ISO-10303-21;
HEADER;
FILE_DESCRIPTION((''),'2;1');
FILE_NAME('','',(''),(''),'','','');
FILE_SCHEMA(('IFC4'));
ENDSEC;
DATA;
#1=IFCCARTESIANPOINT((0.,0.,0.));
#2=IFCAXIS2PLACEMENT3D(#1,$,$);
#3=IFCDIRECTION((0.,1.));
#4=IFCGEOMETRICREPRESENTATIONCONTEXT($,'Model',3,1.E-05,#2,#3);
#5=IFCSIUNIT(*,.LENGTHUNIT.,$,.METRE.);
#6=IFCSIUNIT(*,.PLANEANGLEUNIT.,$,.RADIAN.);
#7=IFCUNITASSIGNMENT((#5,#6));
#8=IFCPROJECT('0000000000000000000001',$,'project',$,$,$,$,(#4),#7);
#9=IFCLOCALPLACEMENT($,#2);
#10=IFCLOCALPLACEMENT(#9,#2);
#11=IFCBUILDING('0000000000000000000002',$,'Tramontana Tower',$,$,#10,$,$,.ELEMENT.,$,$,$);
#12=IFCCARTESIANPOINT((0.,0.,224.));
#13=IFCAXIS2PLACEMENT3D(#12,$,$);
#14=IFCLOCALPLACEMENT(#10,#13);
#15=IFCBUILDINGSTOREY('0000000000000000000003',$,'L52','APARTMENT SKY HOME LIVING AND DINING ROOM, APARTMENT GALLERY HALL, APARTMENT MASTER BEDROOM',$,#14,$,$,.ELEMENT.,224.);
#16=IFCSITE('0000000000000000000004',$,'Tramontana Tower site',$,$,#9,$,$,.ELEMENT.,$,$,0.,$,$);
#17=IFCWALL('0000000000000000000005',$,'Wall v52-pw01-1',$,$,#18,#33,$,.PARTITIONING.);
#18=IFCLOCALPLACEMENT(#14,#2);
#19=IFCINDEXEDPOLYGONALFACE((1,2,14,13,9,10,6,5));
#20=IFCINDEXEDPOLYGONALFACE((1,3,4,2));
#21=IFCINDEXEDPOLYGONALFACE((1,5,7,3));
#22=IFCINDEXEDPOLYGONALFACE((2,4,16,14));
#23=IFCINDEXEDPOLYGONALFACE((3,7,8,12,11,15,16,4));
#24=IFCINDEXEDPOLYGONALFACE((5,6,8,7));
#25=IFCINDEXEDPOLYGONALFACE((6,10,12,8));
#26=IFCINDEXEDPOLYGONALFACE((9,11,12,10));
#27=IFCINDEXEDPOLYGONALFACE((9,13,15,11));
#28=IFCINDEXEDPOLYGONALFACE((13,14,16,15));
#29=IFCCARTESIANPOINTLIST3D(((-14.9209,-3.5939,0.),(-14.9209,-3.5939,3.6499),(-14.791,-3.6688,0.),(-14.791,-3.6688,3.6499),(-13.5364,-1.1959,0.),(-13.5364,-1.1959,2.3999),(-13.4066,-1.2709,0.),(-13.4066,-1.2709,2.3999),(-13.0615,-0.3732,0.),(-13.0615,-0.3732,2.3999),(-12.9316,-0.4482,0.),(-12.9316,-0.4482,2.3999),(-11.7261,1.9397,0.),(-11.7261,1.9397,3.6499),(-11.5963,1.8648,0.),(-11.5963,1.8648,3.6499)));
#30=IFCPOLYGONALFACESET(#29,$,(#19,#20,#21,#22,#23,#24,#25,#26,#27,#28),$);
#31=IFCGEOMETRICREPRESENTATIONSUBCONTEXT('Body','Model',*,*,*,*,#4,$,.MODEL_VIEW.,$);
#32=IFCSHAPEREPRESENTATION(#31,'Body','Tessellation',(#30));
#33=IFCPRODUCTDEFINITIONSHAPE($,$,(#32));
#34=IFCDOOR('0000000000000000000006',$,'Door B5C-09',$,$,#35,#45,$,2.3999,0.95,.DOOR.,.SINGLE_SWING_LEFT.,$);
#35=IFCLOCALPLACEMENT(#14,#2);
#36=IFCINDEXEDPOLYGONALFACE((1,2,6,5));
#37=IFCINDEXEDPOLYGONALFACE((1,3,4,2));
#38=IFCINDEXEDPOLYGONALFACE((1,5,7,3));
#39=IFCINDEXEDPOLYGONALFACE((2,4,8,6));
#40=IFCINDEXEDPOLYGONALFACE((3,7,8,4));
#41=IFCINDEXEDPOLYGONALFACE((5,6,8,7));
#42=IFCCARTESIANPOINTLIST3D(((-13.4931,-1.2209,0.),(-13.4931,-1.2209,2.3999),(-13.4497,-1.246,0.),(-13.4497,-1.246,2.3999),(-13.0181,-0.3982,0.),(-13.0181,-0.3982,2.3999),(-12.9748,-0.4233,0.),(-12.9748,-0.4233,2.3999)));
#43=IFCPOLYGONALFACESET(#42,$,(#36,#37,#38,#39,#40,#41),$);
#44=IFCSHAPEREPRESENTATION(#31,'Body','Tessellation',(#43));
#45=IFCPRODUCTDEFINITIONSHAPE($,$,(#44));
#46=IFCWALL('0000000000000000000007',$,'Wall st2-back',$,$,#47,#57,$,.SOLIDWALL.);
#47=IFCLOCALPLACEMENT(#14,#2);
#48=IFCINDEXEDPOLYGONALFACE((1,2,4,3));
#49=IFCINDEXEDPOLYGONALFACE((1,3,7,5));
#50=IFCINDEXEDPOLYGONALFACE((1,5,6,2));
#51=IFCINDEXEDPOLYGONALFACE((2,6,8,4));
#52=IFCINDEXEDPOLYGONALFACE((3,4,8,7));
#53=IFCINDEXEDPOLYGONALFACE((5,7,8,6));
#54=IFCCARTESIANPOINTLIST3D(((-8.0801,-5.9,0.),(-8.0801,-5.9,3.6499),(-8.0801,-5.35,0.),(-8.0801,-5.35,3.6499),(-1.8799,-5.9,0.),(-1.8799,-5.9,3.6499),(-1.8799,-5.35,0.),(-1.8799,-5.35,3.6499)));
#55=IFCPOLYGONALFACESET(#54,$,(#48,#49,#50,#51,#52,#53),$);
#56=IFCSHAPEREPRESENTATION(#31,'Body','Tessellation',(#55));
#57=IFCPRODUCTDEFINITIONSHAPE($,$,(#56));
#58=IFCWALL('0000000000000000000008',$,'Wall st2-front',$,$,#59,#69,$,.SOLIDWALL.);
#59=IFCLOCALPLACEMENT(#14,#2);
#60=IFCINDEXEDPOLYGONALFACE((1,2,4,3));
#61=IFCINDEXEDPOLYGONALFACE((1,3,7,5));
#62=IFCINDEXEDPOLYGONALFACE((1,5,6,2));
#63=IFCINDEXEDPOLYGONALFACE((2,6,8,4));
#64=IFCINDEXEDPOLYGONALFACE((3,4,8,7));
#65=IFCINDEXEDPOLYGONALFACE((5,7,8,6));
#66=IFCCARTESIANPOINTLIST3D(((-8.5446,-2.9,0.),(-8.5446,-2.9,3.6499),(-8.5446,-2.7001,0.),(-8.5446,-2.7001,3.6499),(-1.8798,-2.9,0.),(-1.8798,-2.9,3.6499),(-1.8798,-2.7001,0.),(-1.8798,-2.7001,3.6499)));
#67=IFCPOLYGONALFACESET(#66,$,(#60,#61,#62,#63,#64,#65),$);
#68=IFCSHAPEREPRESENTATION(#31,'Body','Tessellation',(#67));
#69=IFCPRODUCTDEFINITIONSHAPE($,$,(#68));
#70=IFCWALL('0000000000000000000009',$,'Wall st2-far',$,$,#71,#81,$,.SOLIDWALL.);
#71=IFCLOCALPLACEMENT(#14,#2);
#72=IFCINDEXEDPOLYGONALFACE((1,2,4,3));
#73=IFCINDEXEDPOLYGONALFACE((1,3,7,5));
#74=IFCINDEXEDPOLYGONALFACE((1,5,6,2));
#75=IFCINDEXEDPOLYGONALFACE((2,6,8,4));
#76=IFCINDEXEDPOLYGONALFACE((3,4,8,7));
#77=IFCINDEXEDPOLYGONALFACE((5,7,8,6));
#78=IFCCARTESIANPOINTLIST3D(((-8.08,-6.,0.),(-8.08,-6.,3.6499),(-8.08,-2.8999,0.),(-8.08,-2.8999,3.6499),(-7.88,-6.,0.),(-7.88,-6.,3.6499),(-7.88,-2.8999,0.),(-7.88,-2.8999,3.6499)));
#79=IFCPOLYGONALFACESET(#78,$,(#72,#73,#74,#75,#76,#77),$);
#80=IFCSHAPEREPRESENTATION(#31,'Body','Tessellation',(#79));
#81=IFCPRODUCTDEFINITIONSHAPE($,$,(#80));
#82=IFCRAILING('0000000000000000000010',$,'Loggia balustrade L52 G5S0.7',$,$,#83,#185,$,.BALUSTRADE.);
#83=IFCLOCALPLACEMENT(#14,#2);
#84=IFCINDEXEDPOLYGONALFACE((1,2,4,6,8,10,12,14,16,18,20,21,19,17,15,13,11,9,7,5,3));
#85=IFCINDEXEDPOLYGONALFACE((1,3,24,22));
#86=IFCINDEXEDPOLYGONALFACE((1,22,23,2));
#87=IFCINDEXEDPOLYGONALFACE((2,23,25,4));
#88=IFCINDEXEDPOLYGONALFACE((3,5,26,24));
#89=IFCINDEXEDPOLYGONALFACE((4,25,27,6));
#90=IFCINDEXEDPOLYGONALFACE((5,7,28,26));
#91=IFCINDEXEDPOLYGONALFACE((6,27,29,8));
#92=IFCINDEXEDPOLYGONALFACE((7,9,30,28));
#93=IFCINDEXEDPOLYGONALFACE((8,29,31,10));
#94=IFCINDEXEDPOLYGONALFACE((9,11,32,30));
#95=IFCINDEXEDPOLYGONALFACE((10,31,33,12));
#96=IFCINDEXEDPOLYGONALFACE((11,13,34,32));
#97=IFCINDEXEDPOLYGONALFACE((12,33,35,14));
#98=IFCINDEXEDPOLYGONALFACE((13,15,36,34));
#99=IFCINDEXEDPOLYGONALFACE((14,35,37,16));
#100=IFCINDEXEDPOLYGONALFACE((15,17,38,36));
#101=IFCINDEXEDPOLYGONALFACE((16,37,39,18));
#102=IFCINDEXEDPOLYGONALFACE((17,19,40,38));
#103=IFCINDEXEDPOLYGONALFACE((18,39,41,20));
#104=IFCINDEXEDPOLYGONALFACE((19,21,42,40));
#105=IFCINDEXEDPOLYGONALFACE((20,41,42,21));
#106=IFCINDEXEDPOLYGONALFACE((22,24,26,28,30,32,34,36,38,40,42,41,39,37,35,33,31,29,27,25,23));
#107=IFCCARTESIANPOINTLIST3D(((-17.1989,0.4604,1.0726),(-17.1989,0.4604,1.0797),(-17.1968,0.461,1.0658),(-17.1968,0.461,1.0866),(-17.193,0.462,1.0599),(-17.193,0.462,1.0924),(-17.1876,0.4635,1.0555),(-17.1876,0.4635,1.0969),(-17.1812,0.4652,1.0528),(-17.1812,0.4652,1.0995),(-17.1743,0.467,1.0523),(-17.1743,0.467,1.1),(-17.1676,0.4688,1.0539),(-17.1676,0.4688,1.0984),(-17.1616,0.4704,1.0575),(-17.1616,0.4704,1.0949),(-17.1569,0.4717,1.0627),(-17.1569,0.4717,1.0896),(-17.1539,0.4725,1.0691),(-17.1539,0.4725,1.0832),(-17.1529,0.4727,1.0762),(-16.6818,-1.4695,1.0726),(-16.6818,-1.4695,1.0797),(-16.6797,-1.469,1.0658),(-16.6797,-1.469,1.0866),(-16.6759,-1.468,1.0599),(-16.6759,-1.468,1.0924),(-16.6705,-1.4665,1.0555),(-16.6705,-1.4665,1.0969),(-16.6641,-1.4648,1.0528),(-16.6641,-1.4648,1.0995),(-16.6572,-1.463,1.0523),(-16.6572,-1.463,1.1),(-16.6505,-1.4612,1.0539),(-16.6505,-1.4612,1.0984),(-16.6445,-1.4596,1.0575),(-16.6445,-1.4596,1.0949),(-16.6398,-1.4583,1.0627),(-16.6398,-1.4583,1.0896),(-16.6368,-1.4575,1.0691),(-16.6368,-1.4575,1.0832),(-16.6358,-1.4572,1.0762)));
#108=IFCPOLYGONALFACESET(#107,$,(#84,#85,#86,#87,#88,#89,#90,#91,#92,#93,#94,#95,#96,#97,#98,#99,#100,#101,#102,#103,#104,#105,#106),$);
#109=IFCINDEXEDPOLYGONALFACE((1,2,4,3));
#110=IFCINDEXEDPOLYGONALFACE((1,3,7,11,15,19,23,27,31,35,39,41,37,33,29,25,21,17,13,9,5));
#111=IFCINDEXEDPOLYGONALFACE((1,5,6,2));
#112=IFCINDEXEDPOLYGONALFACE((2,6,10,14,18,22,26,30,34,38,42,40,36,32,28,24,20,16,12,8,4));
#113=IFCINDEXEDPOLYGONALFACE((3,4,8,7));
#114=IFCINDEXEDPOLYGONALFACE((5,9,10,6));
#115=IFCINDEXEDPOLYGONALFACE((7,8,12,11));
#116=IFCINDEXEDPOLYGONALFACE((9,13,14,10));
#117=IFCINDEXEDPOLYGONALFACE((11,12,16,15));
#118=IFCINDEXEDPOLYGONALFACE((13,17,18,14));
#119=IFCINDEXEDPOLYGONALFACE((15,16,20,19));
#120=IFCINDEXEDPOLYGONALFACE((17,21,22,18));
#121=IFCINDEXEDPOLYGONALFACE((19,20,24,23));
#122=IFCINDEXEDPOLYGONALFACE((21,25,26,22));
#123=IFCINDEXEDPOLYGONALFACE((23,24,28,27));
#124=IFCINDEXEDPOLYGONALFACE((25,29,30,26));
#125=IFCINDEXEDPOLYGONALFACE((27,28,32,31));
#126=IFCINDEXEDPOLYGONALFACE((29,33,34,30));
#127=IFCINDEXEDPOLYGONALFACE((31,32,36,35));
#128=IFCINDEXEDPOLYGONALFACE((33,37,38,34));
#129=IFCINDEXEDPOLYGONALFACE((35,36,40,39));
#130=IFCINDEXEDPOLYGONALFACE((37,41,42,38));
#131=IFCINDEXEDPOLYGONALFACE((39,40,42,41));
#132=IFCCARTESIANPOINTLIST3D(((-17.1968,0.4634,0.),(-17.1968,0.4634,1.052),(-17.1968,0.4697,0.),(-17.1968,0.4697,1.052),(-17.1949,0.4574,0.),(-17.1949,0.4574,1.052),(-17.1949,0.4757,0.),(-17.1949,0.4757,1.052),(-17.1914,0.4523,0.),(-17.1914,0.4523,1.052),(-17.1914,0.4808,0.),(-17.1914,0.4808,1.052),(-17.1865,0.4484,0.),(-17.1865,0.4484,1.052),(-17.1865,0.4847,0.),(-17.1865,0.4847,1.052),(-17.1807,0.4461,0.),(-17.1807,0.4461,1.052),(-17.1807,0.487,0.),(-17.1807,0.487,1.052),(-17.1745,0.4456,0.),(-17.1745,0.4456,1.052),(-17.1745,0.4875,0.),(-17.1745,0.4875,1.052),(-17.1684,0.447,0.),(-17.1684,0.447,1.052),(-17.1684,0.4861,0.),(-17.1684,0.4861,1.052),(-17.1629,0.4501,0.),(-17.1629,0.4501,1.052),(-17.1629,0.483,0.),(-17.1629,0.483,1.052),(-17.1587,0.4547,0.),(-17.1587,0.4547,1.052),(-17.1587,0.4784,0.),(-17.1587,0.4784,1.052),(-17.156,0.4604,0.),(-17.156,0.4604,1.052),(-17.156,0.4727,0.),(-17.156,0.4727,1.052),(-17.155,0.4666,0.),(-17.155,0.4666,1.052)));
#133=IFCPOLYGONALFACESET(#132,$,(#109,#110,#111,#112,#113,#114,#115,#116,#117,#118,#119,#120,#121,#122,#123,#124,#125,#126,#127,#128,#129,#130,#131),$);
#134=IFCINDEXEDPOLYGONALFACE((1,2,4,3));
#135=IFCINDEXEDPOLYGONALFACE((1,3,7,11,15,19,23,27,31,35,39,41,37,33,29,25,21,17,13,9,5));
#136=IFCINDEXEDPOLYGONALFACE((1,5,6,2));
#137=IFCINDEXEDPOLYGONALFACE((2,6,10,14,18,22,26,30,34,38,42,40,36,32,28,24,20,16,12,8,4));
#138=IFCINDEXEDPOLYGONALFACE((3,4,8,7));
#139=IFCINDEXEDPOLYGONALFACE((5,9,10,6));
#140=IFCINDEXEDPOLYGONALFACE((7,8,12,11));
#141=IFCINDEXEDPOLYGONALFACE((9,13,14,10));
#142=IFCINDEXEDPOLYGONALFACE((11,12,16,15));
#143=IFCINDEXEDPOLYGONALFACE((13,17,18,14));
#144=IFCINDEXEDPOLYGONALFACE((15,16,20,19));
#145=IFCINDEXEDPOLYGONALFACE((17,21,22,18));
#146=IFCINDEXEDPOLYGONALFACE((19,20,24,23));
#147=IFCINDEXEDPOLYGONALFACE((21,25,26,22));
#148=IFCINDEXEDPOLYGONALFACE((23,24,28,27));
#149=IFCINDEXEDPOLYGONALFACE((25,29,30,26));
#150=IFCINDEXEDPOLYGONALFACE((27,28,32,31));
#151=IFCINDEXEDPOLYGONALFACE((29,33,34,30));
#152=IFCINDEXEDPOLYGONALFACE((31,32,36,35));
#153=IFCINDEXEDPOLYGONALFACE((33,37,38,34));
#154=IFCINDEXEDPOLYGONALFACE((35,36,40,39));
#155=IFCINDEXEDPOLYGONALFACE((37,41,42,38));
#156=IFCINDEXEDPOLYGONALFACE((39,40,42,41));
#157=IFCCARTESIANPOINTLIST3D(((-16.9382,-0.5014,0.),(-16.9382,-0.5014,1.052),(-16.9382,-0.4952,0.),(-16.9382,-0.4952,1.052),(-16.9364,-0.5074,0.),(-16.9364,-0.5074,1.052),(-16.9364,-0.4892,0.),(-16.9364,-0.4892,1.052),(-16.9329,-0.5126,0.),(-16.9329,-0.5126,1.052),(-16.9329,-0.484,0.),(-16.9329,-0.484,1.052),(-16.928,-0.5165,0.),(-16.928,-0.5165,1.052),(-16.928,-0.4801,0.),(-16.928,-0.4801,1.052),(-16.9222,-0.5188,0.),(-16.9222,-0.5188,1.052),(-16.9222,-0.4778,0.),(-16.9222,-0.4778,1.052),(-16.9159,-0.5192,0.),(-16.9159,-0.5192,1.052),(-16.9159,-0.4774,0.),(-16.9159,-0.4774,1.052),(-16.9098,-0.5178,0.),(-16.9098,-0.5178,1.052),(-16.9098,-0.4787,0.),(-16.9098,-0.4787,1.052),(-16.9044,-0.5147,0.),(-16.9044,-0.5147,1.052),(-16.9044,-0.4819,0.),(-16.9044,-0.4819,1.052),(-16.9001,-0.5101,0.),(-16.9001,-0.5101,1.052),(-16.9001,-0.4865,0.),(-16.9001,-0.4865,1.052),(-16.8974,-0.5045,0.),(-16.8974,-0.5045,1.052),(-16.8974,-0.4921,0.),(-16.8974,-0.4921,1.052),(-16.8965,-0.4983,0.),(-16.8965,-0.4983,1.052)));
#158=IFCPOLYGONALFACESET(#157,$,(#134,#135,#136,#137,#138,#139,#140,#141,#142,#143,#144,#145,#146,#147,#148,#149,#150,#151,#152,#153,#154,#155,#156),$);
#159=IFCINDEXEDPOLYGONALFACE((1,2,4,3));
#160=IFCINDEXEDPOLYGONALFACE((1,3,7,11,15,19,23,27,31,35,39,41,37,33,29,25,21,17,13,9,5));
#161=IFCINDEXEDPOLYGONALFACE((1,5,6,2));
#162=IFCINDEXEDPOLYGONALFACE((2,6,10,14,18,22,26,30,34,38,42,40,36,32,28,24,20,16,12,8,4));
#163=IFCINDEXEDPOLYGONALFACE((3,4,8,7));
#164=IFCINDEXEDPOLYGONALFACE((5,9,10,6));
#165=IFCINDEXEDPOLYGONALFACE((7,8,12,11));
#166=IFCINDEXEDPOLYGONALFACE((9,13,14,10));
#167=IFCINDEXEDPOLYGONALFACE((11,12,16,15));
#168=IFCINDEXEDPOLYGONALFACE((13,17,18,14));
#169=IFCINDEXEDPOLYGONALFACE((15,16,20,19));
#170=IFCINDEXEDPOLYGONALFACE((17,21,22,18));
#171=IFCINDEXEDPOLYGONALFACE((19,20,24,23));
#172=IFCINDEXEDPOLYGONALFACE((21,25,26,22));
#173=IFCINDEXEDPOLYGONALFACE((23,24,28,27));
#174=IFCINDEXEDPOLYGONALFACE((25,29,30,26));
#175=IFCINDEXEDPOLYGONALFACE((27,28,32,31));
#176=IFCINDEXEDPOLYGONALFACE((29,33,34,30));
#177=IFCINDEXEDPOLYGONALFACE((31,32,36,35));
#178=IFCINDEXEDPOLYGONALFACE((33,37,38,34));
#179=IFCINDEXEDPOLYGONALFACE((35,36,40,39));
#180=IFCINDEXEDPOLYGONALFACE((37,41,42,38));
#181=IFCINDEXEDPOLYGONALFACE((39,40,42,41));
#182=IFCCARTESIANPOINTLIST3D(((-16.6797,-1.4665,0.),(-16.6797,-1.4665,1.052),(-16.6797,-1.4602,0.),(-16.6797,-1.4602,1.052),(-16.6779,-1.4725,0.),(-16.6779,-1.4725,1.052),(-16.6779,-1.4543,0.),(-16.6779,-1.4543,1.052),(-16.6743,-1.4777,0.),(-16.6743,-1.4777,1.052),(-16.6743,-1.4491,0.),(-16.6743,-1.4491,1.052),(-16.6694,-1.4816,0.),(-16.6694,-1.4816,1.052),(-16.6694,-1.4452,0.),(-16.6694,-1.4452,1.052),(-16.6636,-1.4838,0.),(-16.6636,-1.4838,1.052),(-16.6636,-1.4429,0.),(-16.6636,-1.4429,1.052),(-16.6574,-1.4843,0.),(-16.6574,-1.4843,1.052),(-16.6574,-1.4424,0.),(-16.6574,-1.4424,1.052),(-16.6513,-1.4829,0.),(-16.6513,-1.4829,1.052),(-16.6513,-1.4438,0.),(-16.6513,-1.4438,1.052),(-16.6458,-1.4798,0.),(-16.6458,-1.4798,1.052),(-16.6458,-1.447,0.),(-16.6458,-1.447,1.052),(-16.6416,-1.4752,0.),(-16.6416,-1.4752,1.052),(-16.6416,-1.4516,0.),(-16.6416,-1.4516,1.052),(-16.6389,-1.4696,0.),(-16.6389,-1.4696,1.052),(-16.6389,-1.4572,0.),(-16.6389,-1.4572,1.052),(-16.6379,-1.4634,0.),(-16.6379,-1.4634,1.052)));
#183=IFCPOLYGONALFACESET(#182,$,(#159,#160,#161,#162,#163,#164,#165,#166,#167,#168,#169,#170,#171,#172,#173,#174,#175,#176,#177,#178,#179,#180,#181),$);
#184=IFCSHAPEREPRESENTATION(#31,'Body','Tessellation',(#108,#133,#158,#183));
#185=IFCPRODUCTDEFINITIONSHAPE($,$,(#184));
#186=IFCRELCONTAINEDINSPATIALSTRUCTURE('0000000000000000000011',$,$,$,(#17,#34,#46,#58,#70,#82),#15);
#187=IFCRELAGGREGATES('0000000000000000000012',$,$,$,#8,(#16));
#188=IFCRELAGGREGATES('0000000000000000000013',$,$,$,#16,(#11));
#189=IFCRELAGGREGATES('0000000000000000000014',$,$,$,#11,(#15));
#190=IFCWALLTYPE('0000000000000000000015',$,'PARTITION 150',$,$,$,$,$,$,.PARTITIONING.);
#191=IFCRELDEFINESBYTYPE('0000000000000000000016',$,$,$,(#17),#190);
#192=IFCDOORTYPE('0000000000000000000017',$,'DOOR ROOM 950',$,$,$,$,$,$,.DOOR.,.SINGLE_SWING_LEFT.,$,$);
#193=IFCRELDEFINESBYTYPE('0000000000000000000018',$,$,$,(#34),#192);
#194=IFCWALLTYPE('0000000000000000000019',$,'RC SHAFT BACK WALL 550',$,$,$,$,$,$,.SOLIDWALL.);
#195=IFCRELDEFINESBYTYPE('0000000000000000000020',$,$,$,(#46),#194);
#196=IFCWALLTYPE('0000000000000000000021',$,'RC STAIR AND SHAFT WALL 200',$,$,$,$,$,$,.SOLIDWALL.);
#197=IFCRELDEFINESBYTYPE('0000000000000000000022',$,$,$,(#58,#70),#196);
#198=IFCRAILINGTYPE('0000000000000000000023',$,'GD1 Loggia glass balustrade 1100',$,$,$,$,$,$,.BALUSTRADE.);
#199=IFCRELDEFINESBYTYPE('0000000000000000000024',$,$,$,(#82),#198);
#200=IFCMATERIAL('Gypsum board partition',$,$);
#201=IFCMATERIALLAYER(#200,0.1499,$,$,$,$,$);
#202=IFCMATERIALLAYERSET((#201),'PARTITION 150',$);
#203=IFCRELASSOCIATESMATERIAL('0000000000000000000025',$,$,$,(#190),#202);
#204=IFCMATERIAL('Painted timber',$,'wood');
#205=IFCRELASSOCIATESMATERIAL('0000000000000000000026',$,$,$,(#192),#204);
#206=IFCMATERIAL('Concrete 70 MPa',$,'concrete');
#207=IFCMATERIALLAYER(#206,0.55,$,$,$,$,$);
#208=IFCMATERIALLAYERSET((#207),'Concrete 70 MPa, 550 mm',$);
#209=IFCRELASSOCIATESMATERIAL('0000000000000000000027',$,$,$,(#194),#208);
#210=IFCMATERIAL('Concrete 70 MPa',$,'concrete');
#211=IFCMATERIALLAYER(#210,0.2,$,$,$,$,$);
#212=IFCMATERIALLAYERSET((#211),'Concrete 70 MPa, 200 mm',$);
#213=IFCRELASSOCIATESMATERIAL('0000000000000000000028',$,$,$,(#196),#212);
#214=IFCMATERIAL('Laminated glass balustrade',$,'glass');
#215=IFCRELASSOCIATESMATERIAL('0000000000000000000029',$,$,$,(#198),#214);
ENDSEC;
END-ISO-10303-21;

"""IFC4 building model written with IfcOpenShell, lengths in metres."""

from ifc_helpers import new_model, si_unit, direction, frame, frame_2d, origin, origin_2d, place, context, subcontext, project, spatial, rectangle, circle, extrude, material, layer, layer_set, type_object, element, fill, save


model = new_model("IFC4")

# Units and contexts
model_context = context("Model", 3, precision=1e-05, world=origin(), true_north=direction((0.0, 1.0)))
body_context = subcontext(model_context, "Body", "Model", "MODEL_VIEW")
ifc_project = project(units=[si_unit("LENGTHUNIT", "METRE"), si_unit("PLANEANGLEUNIT", "RADIAN")], contexts=[model_context])

# Site, building, storey
site_placement = place(None, origin())
site = spatial("IfcSite", under=ifc_project, at=site_placement, Name="Tramontana Tower site", CompositionType="ELEMENT", RefElevation=0.0)
building_placement = place(site_placement, origin())
building = spatial("IfcBuilding", under=site, at=building_placement, Name="Tramontana Tower", CompositionType="ELEMENT")
storey_placement = place(building_placement, frame((0.0, 0.0, 224.0)))
storey = spatial("IfcBuildingStorey", under=building, at=storey_placement, Name="L52", Description="APARTMENT SKY HOME LIVING AND DINING ROOM, APARTMENT GALLERY HALL, APARTMENT MASTER BEDROOM", CompositionType="ELEMENT", Elevation=224.0)

# Shared definitions
ifc_material_1 = material(Name="Gypsum board partition")
ifc_layer_1 = layer(ifc_material_1, 0.1499)
ifc_layer_set_1 = layer_set([ifc_layer_1], Name="PARTITION 150")
wall_type_1 = type_object("IfcWallType", Name="PARTITION 150", PredefinedType="PARTITIONING", material=ifc_layer_set_1)

# Wall, opening, door
wall_1_placement = place(storey_placement, frame((-14.856, -3.6313, 0.0), z_axis=(0.0, 0.0, 1.0), x_axis=(0.499994, 0.866029, 0.0)))
wall_1 = element("IfcWall", 1, at=wall_1_placement, inside=storey, type_object=wall_type_1, Name="Wall v52-pw01-1", PredefinedType="PARTITIONING", context=body_context, shape_type="SweptSolid", body=[
    extrude(rectangle(XDim=6.3896, YDim=0.1499, at=frame_2d((3.1948, 0.0))), origin(), (0.0, 0.0, 1.0), 3.6499),
])
opening_1_placement = place(wall_1_placement, frame((2.7688, 0.0, 0.0)))
opening_1 = element("IfcOpeningElement", 2, at=opening_1_placement, cuts=wall_1, PredefinedType="OPENING", context=body_context, shape_type="SweptSolid", body=[
    extrude(rectangle(XDim=0.95, YDim=2.3999, at=frame_2d((0.4751, 1.2))), frame((0.0, 0.085, 0.0), z_axis=(0.0, -1.0, 0.0), x_axis=(1.0, 0.0, 0.0)), (0.0, 0.0, 1.0), 0.1699),
])
ifc_material_2 = material(Name="Painted timber", Category="wood")
door_type_1 = type_object("IfcDoorType", Name="DOOR ROOM 950", OperationType="SINGLE_SWING_LEFT", PredefinedType="DOOR", material=ifc_material_2)
door_1_placement = place(opening_1_placement, origin())
door_1 = element("IfcDoor", 3, at=door_1_placement, inside=storey, type_object=door_type_1, Name="Door B5C-09", OperationType="SINGLE_SWING_LEFT", OverallHeight=2.3999, OverallWidth=0.95, PredefinedType="DOOR", context=body_context, shape_type="SweptSolid", body=[
    extrude(rectangle(XDim=0.95, YDim=2.3999, at=frame_2d((0.4751, 1.2))), frame((0.0, 0.0249, 0.0), z_axis=(0.0, -1.0, 0.0), x_axis=(1.0, 0.0, 0.0)), (0.0, 0.0, 1.0), 0.05),
])
fill(opening_1, door_1)

# Walls
ifc_material_3 = material(Name="Concrete 70 MPa", Category="concrete")
ifc_layer_2 = layer(ifc_material_3, 0.55)
ifc_layer_set_2 = layer_set([ifc_layer_2], Name="Concrete 70 MPa, 550 mm")
wall_type_2 = type_object("IfcWallType", Name="RC SHAFT BACK WALL 550", PredefinedType="SOLIDWALL", material=ifc_layer_set_2)
wall_2_placement = place(storey_placement, frame((-8.0801, -5.625, 0.0), z_axis=(0.0, 0.0, 1.0), x_axis=(1.0, 0.0, 0.0)))
element("IfcWall", 4, at=wall_2_placement, inside=storey, type_object=wall_type_2, Name="Wall st2-back", PredefinedType="SOLIDWALL", context=body_context, shape_type="SweptSolid", body=[
    extrude(rectangle(XDim=6.2002, YDim=0.55, at=frame_2d((3.1001, 0.0))), origin(), (0.0, 0.0, 1.0), 3.6499),
])
ifc_material_4 = material(Name="Concrete 70 MPa", Category="concrete")
ifc_layer_3 = layer(ifc_material_4, 0.2)
ifc_layer_set_3 = layer_set([ifc_layer_3], Name="Concrete 70 MPa, 200 mm")
wall_type_3 = type_object("IfcWallType", Name="RC STAIR AND SHAFT WALL 200", PredefinedType="SOLIDWALL", material=ifc_layer_set_3)
wall_3_placement = place(storey_placement, frame((-8.5447, -2.8, 0.0), z_axis=(0.0, 0.0, 1.0), x_axis=(1.0, 0.0, 0.0)))
element("IfcWall", 5, at=wall_3_placement, inside=storey, type_object=wall_type_3, Name="Wall st2-front", PredefinedType="SOLIDWALL", context=body_context, shape_type="SweptSolid", body=[
    extrude(rectangle(XDim=6.6648, YDim=0.2, at=frame_2d((3.3325, 0.0))), origin(), (0.0, 0.0, 1.0), 3.6499),
])
wall_4_placement = place(storey_placement, frame((-7.98, -2.8999, 0.0), z_axis=(0.0, 0.0, 1.0), x_axis=(0.0, -1.0, 0.0)))
element("IfcWall", 6, at=wall_4_placement, inside=storey, type_object=wall_type_3, Name="Wall st2-far", PredefinedType="SOLIDWALL", context=body_context, shape_type="SweptSolid", body=[
    extrude(rectangle(XDim=3.1001, YDim=0.2, at=frame_2d((1.55, 0.0))), origin(), (0.0, 0.0, 1.0), 3.6499),
])

# Railing
ifc_material_5 = material(Name="Laminated glass balustrade", Category="glass")
railing_type = type_object("IfcRailingType", Name="GD1 Loggia glass balustrade 1100", PredefinedType="BALUSTRADE", material=ifc_material_5)
railing_placement = place(storey_placement, frame((-17.176, 0.4666, 0.0)))
element("IfcRailing", 7, at=railing_placement, inside=storey, type_object=railing_type, Name="Loggia balustrade L52 G5S0.7", PredefinedType="BALUSTRADE", context=body_context, shape_type="SweptSolid", body=[
    extrude(circle(Radius=0.0239, at=origin_2d()), frame((0.0, 0.0, 1.0762), z_axis=(0.258803, -0.96593, 0.0), x_axis=(0.96593, 0.258803, 0.0)), (0.0, 0.0, 1.0), 1.998),
    extrude(circle(Radius=0.021, at=origin_2d()), origin(), (0.0, 0.0, 1.0), 1.052),
    extrude(circle(Radius=0.021, at=origin_2d()), frame((0.2585, -0.9648, 0.0)), (0.0, 0.0, 1.0), 1.052),
    extrude(circle(Radius=0.021, at=origin_2d()), frame((0.5171, -1.9299, 0.0)), (0.0, 0.0, 1.0), 1.052),
])

save(model, "model.ifc")
